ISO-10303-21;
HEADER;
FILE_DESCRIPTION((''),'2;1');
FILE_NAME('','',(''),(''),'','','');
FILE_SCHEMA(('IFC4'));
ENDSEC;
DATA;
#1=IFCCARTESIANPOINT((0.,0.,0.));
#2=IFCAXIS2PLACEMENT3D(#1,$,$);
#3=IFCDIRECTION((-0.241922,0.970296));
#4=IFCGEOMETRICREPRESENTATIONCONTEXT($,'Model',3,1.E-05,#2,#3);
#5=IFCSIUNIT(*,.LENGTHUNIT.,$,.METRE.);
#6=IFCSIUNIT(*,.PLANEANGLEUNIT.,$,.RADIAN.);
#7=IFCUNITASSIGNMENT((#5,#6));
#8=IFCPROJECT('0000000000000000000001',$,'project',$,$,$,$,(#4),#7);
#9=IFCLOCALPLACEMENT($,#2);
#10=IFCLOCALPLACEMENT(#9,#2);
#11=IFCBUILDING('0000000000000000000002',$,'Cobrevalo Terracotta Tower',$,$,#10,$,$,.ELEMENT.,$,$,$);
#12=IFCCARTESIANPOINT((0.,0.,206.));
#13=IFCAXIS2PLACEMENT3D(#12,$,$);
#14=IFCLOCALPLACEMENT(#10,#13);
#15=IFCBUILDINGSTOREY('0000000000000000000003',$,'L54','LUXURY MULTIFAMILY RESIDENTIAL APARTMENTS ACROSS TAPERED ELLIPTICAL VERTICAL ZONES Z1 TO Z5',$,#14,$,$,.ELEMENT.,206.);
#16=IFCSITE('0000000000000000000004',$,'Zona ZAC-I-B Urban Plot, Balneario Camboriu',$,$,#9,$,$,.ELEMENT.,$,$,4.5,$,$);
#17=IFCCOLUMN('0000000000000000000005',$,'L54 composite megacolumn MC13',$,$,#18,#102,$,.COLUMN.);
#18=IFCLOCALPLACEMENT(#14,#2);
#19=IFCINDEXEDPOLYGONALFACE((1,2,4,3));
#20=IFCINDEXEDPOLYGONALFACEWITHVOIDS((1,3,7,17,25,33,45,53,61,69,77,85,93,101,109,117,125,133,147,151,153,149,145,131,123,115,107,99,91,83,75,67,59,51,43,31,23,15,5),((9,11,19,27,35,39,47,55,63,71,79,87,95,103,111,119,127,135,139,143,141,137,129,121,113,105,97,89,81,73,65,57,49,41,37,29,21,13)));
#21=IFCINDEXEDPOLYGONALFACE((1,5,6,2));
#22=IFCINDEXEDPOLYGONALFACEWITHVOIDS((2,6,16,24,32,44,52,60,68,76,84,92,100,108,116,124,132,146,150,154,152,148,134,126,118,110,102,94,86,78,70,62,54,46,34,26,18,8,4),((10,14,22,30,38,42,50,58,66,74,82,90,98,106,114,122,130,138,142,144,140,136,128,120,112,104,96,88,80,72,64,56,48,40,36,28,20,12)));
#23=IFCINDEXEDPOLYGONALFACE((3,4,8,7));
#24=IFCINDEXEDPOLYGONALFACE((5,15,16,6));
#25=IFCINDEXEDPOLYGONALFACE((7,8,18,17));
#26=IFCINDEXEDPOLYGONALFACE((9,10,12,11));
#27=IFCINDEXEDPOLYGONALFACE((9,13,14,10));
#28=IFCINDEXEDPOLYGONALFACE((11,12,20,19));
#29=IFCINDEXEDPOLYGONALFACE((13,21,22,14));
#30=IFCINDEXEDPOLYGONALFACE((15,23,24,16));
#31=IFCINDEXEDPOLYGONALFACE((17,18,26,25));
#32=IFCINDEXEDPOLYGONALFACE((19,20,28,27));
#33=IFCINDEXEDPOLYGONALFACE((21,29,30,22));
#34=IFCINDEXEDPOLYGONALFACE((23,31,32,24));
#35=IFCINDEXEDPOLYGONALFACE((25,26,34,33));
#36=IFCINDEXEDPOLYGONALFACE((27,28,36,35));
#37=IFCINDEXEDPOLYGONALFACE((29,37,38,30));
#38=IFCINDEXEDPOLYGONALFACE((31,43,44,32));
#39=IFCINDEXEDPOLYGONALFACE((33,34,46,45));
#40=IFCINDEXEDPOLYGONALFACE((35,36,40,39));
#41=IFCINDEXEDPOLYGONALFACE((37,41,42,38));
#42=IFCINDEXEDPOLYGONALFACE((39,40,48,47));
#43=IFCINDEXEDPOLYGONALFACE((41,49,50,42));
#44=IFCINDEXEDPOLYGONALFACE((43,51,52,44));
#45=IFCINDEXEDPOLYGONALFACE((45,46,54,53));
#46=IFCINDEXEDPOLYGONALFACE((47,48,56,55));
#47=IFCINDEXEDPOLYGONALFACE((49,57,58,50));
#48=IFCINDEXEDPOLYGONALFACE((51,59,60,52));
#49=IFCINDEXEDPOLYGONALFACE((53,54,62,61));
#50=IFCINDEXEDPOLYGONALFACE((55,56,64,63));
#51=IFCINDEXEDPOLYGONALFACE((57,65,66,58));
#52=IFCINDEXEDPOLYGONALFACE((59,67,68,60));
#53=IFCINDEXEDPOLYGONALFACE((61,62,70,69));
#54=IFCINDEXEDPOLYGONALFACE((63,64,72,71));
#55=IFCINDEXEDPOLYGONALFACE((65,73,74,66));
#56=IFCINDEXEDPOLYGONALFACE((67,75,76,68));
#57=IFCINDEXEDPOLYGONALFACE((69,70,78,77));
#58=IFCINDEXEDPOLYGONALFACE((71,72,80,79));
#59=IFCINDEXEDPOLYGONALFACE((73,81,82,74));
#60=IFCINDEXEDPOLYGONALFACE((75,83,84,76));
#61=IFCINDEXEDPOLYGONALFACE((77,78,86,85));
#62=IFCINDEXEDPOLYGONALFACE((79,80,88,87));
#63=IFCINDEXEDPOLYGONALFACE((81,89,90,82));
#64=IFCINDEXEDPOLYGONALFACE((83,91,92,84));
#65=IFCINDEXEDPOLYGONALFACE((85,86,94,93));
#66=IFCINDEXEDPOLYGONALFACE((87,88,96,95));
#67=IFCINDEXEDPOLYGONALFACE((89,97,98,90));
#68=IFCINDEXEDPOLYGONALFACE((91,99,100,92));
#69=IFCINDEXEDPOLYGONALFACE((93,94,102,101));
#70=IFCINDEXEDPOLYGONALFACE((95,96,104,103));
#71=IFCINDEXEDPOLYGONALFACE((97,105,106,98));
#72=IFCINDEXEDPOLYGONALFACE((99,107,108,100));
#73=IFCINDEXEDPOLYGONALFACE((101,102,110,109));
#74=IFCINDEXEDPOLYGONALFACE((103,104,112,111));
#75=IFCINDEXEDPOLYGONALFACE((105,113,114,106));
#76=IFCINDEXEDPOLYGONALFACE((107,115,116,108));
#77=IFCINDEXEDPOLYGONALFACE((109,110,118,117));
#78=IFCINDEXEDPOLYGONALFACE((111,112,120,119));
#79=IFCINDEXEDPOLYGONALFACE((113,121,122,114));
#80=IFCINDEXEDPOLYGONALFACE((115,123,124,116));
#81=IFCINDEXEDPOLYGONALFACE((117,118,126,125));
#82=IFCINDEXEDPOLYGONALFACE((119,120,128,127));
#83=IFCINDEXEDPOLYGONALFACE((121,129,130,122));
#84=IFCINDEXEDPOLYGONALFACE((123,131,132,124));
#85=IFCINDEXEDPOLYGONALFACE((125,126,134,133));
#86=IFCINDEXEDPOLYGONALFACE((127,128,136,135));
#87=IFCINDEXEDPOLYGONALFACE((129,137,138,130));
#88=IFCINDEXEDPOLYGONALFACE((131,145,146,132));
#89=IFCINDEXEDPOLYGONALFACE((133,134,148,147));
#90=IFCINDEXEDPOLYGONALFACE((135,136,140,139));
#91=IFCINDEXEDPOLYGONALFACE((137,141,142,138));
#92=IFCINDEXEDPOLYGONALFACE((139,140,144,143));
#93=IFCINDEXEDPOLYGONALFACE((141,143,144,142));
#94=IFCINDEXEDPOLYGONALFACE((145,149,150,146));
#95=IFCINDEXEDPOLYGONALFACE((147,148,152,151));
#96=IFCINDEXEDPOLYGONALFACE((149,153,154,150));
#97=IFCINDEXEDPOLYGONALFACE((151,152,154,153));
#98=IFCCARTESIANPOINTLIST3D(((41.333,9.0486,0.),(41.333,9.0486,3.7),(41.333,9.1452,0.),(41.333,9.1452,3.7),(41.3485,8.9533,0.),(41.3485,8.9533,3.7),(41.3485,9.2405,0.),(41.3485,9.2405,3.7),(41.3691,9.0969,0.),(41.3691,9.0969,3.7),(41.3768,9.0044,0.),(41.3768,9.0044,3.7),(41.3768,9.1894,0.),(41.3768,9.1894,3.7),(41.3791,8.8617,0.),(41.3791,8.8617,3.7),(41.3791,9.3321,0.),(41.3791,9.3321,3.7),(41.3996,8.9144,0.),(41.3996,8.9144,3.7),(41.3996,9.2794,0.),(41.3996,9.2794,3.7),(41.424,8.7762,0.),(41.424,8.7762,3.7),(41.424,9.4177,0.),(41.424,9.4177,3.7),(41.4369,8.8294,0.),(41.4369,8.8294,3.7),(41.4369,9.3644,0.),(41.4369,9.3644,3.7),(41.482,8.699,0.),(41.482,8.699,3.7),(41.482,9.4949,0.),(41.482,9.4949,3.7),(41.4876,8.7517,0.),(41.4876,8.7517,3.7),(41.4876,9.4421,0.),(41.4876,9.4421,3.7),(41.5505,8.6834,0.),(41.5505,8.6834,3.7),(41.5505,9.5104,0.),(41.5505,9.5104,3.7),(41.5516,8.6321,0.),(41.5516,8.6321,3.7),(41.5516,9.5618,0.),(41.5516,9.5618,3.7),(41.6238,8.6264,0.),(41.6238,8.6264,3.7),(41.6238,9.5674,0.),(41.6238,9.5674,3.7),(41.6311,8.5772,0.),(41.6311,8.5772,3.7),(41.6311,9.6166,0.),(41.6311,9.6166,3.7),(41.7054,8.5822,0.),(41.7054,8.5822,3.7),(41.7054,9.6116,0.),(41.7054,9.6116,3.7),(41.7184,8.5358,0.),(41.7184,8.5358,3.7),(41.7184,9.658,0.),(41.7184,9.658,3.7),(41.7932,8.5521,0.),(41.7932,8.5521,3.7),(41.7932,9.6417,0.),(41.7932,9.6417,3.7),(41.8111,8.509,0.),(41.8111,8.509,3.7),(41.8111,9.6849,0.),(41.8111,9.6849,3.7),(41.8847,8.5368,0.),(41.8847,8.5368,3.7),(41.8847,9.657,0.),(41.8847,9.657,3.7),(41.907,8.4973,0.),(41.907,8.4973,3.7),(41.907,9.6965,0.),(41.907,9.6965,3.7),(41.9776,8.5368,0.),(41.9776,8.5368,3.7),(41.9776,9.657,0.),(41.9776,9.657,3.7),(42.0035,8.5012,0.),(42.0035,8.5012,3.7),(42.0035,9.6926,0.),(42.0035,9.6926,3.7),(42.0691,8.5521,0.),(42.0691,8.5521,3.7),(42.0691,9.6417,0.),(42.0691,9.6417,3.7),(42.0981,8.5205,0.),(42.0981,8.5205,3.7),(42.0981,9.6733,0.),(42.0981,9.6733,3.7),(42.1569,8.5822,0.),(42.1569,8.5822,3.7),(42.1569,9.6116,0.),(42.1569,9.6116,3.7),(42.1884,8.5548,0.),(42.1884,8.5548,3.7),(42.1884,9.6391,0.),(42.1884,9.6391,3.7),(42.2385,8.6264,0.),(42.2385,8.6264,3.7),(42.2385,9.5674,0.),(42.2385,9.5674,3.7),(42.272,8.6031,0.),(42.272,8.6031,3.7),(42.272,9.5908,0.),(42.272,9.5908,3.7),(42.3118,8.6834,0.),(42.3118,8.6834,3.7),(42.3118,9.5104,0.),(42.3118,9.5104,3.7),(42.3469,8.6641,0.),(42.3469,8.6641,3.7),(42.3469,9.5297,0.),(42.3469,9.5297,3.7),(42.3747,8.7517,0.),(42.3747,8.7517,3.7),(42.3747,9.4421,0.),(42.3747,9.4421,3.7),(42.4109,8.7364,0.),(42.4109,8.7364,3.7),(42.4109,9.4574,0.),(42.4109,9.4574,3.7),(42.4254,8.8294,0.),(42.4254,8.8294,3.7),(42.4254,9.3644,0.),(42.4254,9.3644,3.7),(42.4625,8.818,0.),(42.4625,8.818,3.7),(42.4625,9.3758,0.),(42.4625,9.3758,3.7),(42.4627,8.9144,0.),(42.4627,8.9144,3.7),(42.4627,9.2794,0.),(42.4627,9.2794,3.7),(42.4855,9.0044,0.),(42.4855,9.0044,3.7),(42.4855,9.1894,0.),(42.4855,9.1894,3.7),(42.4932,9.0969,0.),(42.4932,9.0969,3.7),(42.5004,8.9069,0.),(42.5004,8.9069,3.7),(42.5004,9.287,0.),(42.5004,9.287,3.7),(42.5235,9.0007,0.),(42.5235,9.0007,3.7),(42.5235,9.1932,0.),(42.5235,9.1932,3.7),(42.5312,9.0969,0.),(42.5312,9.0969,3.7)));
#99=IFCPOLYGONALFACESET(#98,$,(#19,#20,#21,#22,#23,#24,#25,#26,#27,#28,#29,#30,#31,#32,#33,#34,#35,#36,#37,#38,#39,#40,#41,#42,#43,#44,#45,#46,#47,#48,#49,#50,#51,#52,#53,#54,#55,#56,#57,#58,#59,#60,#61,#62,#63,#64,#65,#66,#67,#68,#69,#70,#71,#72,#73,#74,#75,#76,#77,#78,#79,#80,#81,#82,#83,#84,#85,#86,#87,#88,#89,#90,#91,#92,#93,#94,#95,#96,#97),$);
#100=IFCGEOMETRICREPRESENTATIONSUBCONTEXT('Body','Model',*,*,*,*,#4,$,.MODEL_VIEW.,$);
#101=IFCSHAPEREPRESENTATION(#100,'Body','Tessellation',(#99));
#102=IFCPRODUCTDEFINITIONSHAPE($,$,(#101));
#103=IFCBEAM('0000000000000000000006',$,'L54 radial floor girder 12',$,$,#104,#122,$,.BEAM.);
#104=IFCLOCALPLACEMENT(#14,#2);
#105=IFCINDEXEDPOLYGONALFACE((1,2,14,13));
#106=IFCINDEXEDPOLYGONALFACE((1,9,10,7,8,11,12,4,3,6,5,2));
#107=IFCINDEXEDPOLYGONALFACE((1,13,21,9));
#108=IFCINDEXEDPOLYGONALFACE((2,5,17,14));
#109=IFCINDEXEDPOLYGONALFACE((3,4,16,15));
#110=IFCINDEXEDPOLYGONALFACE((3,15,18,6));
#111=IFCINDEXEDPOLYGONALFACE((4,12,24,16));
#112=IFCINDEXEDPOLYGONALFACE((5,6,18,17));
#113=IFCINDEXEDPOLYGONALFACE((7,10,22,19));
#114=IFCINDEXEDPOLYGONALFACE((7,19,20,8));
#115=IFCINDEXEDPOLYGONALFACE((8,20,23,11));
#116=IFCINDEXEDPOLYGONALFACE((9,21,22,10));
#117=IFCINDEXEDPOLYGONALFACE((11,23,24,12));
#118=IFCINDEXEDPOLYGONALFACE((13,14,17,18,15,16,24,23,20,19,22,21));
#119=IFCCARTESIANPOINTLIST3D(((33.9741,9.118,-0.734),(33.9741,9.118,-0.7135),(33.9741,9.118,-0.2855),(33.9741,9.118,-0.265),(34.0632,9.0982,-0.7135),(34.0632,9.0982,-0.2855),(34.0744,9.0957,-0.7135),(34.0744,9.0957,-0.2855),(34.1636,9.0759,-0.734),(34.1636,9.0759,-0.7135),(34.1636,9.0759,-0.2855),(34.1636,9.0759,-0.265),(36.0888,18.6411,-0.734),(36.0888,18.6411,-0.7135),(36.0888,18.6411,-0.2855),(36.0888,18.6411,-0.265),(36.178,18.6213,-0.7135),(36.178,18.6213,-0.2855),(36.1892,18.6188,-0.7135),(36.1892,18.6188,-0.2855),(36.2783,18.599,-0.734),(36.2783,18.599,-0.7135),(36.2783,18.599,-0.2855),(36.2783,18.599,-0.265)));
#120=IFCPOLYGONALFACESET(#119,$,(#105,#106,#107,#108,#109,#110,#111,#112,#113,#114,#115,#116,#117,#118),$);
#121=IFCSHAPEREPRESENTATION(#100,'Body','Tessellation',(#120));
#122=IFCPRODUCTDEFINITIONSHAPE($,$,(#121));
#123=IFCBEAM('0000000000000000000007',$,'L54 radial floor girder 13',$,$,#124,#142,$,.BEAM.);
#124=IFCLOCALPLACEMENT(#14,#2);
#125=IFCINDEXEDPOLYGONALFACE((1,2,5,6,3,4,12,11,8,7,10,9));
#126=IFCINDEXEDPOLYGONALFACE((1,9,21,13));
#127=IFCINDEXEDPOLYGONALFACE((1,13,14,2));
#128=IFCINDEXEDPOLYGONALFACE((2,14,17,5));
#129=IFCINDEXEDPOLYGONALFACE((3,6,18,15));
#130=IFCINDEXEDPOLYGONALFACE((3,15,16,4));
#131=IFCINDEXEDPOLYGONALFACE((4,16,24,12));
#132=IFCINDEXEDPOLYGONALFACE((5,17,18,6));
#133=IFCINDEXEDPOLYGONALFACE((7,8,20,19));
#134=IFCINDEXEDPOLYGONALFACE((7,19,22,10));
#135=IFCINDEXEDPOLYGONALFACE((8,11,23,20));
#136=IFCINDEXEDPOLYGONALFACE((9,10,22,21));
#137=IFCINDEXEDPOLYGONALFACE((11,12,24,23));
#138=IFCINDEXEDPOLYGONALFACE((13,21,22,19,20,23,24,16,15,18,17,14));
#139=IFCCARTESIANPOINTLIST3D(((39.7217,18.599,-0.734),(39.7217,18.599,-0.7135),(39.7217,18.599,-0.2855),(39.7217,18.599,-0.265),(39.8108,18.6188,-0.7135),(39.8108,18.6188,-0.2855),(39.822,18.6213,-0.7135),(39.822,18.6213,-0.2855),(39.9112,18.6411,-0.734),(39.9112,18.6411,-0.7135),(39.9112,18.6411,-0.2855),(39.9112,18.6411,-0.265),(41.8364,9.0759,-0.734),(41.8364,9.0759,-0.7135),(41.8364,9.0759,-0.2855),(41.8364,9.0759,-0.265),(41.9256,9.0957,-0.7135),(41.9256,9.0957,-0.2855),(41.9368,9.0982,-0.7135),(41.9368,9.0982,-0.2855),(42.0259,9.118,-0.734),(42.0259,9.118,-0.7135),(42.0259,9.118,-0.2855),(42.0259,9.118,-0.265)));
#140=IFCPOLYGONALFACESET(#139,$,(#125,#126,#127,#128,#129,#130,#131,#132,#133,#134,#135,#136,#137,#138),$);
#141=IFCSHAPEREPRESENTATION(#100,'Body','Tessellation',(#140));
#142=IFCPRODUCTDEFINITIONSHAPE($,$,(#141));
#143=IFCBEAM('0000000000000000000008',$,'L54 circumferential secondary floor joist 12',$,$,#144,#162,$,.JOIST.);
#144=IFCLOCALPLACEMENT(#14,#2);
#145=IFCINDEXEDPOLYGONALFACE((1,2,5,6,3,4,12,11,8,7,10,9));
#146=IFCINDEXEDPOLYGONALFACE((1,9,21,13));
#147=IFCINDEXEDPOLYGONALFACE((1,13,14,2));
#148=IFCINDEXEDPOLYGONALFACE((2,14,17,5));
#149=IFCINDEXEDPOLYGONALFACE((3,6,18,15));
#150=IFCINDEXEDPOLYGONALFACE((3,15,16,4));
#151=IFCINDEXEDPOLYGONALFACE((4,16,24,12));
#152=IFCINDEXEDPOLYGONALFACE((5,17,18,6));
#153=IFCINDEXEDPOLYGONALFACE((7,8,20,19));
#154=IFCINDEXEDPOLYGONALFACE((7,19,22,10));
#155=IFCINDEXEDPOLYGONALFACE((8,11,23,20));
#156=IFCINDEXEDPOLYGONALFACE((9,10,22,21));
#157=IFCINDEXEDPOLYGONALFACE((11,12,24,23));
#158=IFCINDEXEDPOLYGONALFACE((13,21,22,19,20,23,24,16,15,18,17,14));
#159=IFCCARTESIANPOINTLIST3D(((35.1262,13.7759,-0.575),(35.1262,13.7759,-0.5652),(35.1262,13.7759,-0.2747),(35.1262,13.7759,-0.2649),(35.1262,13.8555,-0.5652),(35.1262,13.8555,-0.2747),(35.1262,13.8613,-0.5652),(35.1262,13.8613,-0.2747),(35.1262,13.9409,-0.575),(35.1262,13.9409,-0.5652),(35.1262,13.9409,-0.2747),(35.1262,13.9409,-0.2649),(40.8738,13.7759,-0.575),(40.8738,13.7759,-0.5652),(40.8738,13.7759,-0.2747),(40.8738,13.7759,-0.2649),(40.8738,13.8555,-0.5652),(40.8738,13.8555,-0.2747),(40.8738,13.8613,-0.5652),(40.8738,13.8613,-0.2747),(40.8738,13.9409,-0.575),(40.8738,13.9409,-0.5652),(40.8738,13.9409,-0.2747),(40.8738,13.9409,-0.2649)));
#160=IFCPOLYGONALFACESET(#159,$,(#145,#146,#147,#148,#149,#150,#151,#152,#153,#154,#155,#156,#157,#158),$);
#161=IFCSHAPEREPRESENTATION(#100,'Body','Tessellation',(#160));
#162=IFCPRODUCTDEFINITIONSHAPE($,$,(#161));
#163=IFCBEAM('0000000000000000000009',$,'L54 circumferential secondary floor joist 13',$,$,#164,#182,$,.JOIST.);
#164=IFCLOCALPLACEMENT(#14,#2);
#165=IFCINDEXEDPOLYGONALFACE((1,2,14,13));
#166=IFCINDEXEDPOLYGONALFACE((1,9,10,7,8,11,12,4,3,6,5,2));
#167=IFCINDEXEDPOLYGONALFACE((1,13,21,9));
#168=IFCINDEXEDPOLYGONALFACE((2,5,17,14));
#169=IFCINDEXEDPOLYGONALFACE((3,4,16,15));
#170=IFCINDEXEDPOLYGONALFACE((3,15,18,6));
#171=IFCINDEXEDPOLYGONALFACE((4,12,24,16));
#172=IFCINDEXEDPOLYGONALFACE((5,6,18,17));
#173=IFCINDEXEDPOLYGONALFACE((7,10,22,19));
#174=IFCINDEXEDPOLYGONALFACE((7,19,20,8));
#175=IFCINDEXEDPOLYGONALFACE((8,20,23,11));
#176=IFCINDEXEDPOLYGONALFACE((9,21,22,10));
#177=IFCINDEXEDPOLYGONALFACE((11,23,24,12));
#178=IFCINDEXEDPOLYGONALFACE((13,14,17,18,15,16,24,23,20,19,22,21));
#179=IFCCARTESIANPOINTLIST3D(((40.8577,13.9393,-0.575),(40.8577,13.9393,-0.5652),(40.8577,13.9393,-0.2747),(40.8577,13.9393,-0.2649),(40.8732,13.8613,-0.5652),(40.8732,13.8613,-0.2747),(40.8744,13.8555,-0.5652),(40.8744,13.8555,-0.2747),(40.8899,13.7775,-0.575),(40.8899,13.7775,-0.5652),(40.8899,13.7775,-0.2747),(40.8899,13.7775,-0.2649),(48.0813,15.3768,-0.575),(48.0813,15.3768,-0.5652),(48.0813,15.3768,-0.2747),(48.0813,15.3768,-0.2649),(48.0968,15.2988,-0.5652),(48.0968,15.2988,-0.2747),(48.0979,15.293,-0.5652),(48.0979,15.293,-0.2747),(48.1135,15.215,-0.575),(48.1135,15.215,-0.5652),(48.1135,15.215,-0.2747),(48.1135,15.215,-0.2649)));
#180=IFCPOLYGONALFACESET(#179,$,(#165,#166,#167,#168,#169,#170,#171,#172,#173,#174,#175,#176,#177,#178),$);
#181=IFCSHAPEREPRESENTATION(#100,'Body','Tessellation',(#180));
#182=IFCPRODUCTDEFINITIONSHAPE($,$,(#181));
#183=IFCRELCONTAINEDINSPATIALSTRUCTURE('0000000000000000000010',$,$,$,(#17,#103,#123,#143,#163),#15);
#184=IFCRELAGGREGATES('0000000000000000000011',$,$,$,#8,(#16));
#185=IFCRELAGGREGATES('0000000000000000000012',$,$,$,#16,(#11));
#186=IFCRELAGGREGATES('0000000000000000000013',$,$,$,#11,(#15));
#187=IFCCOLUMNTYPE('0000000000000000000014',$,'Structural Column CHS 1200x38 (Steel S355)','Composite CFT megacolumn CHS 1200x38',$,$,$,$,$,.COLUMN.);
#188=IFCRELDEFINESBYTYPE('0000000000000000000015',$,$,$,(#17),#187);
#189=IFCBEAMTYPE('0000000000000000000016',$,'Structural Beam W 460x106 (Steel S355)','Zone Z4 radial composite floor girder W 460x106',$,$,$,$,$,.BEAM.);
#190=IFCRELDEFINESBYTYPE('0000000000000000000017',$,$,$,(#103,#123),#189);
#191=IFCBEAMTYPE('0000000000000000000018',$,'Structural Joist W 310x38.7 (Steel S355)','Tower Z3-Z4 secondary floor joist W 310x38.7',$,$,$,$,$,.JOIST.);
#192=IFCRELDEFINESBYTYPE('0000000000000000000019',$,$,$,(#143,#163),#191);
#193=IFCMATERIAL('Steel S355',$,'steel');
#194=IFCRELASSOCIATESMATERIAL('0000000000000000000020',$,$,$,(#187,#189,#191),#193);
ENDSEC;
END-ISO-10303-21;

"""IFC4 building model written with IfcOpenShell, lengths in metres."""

from ifc_helpers import new_model, si_unit, direction, frame, origin, origin_2d, place, context, subcontext, project, spatial, hollow_circle, i_section, extrude, material, material_profile, profile_set, type_object, element, save


model = new_model("IFC4")

# Units and contexts
model_context = context("Model", 3, precision=1e-05, world=origin(), true_north=direction((-0.241922, 0.970296)))
body_context = subcontext(model_context, "Body", "Model", "MODEL_VIEW")
ifc_project = project(units=[si_unit("LENGTHUNIT", "METRE"), si_unit("PLANEANGLEUNIT", "RADIAN")], contexts=[model_context])

# Site, building, storey
site_placement = place(None, origin())
site = spatial("IfcSite", under=ifc_project, at=site_placement, Name="Zona ZAC-I-B Urban Plot, Balneario Camboriu", CompositionType="ELEMENT", RefElevation=4.5)
building_placement = place(site_placement, origin())
building = spatial("IfcBuilding", under=site, at=building_placement, Name="Cobrevalo Terracotta Tower", CompositionType="ELEMENT")
storey_placement = place(building_placement, frame((0.0, 0.0, 206.0)))
storey = spatial("IfcBuildingStorey", under=building, at=storey_placement, Name="L54", Description="LUXURY MULTIFAMILY RESIDENTIAL APARTMENTS ACROSS TAPERED ELLIPTICAL VERTICAL ZONES Z1 TO Z5", CompositionType="ELEMENT", Elevation=206.0)

# Column
ifc_material_1 = material(Name="Steel S355", Category="steel")
ifc_material_profile_1 = material_profile(ifc_material_1, hollow_circle(Radius=0.6001, WallThickness=0.0381, at=origin_2d()), Name="CHS 1200x38")
ifc_profile_set_1 = profile_set([ifc_material_profile_1], Name="Steel S355")
column_type = type_object("IfcColumnType", Name="Structural Column CHS 1200x38 (Steel S355)", Description="Composite CFT megacolumn CHS 1200x38", PredefinedType="COLUMN", material=ifc_profile_set_1)
column_placement = place(storey_placement, frame((41.9312, 9.0969, 0.0), z_axis=(0.0, 0.0, 1.0), x_axis=(1.0, 0.0, 0.0)))
element("IfcColumn", 1, at=column_placement, inside=storey, type_object=column_type, Name="L54 composite megacolumn MC13", PredefinedType="COLUMN", context=body_context, shape_type="SweptSolid", body=[
    extrude(hollow_circle(Radius=0.6001, WallThickness=0.0381, at=origin_2d()), origin(), (0.0, 0.0, 1.0), 3.7),
])

# Beams
ifc_material_profile_2 = material_profile(ifc_material_1, i_section(OverallWidth=0.1941, OverallDepth=0.469, WebThickness=0.0115, FlangeThickness=0.0205, at=origin_2d()), Name="W 460x106")
ifc_profile_set_2 = profile_set([ifc_material_profile_2], Name="Steel S355")
beam_type_1 = type_object("IfcBeamType", Name="Structural Beam W 460x106 (Steel S355)", Description="Zone Z4 radial composite floor girder W 460x106", PredefinedType="BEAM", material=ifc_profile_set_2)
for number, where, z_axis, x_axis, name in (
    (2, (34.0688, 9.0969, -0.4995), (0.216782, 0.97622, 0.0), (-0.97622, 0.216782, 0.0), "L54 radial floor girder 12"),
    (3, (41.9312, 9.0969, -0.4995), (-0.216782, 0.97622, 0.0), (-0.97622, -0.216782, 0.0), "L54 radial floor girder 13"),
):
    element("IfcBeam", number, at=place(storey_placement, frame(where, z_axis=z_axis, x_axis=x_axis)), inside=storey, type_object=beam_type_1, Name=name, PredefinedType="BEAM", context=body_context, shape_type="SweptSolid", body=[
        extrude(i_section(OverallWidth=0.1941, OverallDepth=0.469, WebThickness=0.0115, FlangeThickness=0.0205, at=origin_2d()), origin(), (0.0, 0.0, 1.0), 9.7551),
    ])
ifc_material_profile_3 = material_profile(ifc_material_1, i_section(OverallWidth=0.165, OverallDepth=0.3101, WebThickness=0.0059, FlangeThickness=0.0098, at=origin_2d()), Name="W 310x38.7")
ifc_profile_set_3 = profile_set([ifc_material_profile_3], Name="Steel S355")
beam_type_2 = type_object("IfcBeamType", Name="Structural Joist W 310x38.7 (Steel S355)", Description="Tower Z3-Z4 secondary floor joist W 310x38.7", PredefinedType="JOIST", material=ifc_profile_set_3)
beam_1_placement = place(storey_placement, frame((35.1262, 13.8584, -0.4199), z_axis=(1.0, 0.0, 0.0), x_axis=(0.0, 1.0, 0.0)))
element("IfcBeam", 4, at=beam_1_placement, inside=storey, type_object=beam_type_2, Name="L54 circumferential secondary floor joist 12", PredefinedType="JOIST", context=body_context, shape_type="SweptSolid", body=[
    extrude(i_section(OverallWidth=0.165, OverallDepth=0.3101, WebThickness=0.0059, FlangeThickness=0.0098, at=origin_2d()), origin(), (0.0, 0.0, 1.0), 5.7476),
])
beam_2_placement = place(storey_placement, frame((40.8738, 13.8584, -0.4199), z_axis=(0.980769, 0.195173, 0.0), x_axis=(-0.195173, 0.980769, 0.0)))
element("IfcBeam", 5, at=beam_2_placement, inside=storey, type_object=beam_type_2, Name="L54 circumferential secondary floor joist 13", PredefinedType="JOIST", context=body_context, shape_type="SweptSolid", body=[
    extrude(i_section(OverallWidth=0.165, OverallDepth=0.3101, WebThickness=0.0059, FlangeThickness=0.0098, at=origin_2d()), origin(), (0.0, 0.0, 1.0), 7.3652),
])

save(model, "model.ifc")
